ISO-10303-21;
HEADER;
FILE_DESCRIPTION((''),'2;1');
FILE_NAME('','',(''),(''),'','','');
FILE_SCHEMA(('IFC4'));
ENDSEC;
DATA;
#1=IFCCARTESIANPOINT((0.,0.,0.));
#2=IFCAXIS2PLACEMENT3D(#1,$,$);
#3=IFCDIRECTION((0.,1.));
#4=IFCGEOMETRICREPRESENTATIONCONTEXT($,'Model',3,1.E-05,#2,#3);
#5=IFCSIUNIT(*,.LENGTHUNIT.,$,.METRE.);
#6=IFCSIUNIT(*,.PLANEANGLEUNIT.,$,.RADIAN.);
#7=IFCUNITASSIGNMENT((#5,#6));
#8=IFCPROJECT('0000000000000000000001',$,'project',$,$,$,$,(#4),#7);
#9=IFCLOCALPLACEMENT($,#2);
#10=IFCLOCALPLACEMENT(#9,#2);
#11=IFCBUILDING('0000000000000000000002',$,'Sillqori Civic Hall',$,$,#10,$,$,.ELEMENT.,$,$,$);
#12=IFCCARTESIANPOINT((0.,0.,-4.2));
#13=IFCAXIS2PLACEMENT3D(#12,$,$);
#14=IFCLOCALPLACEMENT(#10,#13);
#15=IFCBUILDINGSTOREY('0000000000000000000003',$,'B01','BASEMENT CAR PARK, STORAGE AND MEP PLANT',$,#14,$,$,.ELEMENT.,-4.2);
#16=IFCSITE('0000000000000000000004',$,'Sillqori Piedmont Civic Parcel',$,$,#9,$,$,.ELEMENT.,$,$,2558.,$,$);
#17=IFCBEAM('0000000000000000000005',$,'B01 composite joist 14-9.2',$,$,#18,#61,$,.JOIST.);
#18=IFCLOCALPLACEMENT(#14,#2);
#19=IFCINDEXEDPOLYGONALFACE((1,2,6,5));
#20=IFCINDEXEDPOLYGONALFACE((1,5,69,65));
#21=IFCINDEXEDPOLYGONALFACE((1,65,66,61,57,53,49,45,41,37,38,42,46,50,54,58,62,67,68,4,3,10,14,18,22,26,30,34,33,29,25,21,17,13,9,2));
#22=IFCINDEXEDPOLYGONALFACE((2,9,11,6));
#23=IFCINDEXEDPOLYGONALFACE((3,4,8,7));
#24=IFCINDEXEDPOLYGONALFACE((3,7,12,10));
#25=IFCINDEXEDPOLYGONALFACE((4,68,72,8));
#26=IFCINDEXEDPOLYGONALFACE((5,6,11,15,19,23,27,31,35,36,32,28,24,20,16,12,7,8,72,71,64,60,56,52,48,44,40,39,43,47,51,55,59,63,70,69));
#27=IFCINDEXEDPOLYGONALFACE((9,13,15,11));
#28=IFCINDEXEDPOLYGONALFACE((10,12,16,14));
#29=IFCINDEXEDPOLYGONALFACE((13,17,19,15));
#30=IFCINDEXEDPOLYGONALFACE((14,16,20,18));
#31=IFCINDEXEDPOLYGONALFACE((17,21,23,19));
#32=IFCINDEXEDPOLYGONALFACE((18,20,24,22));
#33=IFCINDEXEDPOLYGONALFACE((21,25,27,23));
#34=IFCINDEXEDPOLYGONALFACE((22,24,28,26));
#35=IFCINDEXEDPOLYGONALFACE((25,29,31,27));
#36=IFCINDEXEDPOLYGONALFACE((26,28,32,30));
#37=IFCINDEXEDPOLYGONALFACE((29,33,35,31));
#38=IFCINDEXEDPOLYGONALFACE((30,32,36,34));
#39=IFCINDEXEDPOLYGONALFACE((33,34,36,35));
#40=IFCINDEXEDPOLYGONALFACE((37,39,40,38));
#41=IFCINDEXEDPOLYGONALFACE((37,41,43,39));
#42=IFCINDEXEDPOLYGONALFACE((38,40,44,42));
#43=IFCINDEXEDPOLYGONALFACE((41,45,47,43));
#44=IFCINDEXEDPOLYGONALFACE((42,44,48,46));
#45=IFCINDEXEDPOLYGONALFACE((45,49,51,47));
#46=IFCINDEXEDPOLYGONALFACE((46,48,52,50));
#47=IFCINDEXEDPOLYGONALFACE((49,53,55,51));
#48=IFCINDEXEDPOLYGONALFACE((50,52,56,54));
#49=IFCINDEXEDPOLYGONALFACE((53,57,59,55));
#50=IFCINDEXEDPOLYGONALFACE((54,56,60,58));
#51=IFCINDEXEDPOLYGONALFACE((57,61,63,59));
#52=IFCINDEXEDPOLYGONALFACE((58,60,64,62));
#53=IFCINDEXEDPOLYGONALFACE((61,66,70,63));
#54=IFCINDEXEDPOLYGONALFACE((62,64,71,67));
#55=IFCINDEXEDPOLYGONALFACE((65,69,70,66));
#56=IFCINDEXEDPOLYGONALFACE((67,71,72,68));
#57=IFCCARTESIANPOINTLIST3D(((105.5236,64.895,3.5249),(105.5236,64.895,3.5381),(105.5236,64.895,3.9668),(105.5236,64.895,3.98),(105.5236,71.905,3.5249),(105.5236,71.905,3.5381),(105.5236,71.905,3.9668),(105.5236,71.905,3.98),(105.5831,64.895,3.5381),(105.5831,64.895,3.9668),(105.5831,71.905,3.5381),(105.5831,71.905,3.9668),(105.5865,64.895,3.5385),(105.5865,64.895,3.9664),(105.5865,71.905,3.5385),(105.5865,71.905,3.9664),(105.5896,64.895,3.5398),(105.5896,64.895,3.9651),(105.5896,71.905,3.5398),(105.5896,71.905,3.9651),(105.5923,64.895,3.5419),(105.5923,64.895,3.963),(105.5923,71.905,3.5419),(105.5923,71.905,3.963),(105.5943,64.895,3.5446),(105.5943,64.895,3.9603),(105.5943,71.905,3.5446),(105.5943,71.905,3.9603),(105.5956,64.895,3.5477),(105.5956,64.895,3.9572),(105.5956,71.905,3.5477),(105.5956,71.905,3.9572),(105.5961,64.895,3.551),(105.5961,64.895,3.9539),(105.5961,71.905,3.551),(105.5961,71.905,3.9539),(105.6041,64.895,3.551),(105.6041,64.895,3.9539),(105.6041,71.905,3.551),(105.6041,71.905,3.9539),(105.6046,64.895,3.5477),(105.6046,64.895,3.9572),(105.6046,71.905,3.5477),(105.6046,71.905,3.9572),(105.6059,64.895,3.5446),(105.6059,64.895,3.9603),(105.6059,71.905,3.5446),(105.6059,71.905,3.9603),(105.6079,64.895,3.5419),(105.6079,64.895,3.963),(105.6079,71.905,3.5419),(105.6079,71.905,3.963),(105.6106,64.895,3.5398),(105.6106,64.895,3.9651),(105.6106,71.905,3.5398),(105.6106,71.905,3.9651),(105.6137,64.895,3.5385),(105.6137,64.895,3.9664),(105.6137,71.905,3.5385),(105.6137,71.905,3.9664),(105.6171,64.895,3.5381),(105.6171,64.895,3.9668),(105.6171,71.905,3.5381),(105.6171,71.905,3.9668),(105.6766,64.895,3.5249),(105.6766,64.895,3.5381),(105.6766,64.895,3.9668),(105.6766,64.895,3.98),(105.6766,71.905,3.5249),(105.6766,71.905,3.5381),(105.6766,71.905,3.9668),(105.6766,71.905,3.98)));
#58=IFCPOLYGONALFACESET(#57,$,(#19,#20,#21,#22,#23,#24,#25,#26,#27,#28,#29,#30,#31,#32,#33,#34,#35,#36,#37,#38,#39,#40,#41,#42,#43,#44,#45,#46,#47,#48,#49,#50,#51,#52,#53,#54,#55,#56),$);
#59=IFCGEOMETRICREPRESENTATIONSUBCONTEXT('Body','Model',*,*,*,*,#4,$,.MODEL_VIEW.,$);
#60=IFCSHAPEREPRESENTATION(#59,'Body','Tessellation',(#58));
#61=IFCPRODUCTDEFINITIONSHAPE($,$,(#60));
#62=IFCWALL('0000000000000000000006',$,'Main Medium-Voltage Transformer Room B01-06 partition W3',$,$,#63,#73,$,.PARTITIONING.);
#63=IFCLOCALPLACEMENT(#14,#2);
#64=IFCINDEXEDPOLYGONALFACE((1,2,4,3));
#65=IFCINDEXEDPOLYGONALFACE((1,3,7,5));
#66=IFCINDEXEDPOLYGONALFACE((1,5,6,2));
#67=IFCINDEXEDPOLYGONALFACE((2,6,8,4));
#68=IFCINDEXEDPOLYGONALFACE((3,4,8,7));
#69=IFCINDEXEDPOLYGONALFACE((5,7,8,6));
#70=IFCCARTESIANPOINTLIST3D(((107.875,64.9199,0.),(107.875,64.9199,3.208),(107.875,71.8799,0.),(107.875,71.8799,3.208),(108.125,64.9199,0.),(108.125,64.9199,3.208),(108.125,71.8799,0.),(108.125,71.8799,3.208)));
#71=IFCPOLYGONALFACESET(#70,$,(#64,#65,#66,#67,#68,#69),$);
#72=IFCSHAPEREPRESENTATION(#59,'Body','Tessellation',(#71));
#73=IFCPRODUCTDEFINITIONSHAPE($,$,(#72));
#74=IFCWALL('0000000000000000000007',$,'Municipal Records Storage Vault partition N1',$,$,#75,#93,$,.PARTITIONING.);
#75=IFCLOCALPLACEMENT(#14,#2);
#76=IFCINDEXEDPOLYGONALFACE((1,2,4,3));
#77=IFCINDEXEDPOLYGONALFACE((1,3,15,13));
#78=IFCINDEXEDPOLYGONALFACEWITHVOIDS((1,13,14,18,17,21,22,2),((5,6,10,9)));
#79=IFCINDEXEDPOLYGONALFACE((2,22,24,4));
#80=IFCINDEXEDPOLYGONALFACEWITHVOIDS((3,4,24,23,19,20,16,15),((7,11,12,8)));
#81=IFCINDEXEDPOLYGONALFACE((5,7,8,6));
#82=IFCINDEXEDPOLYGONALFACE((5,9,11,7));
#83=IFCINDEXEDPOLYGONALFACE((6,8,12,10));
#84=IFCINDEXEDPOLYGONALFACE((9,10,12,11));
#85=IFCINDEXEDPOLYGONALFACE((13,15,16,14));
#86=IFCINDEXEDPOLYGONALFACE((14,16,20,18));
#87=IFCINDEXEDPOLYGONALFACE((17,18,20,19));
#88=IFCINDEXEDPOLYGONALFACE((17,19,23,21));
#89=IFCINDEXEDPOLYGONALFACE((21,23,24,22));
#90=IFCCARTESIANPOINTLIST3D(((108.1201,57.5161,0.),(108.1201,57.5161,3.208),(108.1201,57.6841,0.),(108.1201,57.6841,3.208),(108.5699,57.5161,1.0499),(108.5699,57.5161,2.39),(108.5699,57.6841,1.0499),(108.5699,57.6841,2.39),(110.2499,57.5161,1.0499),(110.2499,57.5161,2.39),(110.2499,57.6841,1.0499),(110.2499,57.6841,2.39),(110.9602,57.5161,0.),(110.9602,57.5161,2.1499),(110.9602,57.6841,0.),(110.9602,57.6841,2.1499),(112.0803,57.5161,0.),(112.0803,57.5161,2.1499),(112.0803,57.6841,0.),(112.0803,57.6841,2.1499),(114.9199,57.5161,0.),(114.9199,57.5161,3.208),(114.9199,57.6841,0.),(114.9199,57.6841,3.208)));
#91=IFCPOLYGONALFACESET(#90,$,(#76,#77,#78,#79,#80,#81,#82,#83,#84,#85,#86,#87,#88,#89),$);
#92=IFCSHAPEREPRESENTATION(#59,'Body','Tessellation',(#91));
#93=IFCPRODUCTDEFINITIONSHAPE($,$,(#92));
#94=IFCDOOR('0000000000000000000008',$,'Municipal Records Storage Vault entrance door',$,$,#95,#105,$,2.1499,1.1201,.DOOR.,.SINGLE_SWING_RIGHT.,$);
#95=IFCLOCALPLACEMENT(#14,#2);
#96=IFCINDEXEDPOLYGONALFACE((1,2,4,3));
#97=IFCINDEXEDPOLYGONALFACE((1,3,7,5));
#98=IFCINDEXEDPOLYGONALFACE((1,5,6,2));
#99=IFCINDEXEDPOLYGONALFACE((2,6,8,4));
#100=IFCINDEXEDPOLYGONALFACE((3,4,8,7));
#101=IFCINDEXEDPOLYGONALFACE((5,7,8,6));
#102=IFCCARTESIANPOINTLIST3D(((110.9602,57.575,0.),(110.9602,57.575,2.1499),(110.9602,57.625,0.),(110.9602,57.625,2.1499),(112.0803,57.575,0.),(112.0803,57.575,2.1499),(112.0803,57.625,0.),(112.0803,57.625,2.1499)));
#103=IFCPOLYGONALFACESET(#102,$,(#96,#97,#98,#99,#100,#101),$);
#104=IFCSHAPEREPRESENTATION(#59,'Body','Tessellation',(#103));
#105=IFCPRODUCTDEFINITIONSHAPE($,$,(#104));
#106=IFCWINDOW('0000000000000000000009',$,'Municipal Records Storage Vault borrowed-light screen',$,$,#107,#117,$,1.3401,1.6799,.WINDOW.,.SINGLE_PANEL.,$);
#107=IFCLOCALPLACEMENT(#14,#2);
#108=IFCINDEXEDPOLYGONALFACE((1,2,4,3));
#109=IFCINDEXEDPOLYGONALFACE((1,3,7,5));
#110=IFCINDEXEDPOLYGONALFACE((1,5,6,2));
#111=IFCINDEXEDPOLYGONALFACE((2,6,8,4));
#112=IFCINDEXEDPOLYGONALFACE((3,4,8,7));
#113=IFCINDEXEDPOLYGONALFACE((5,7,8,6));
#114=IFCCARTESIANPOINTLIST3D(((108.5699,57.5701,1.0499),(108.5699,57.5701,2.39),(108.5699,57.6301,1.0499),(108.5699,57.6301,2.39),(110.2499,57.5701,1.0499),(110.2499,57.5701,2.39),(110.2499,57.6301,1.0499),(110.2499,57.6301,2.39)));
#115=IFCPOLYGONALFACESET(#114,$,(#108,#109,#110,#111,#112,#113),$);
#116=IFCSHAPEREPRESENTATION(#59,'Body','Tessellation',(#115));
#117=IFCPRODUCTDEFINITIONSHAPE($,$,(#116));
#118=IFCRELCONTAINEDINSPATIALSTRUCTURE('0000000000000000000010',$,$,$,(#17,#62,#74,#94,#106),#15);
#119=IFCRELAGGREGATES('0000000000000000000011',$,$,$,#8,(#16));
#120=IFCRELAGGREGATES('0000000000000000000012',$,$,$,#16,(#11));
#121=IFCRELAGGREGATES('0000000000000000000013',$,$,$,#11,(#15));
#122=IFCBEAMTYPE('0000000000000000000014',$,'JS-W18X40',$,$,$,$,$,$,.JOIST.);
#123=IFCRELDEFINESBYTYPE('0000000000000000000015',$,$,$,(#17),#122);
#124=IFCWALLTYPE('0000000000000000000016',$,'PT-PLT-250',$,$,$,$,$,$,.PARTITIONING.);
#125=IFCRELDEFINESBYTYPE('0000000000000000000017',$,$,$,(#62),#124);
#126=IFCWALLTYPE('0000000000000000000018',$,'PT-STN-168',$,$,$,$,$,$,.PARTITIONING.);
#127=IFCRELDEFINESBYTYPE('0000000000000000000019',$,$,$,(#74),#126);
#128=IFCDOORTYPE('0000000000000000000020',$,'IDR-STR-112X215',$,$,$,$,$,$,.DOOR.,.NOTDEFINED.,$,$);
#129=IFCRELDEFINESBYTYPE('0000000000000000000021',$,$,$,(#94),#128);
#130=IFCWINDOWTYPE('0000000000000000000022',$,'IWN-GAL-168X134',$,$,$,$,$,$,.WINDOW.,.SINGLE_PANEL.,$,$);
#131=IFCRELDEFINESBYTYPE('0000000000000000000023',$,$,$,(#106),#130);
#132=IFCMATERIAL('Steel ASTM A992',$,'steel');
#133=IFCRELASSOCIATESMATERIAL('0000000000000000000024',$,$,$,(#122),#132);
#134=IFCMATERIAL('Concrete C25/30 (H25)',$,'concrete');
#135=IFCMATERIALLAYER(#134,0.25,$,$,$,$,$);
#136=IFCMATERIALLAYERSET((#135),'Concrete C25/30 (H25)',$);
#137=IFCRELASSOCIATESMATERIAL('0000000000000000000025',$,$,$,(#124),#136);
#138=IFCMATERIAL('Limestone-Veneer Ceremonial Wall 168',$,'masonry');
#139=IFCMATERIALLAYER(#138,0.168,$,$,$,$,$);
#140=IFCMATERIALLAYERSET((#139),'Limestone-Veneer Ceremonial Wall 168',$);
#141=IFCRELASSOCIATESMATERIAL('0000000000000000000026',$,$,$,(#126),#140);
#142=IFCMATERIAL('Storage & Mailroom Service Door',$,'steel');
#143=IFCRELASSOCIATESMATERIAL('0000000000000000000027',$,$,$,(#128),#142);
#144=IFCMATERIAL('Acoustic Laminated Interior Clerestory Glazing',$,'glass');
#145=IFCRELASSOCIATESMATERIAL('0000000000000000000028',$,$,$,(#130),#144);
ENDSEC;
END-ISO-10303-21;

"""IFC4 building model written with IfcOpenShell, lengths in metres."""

from ifc_helpers import new_model, si_unit, direction, frame, frame_2d, origin, origin_2d, place, context, subcontext, project, spatial, rectangle, i_section, extrude, material, layer, layer_set, material_profile, profile_set, type_object, element, fill, save


model = new_model("IFC4")

# Units and contexts
model_context = context("Model", 3, precision=1e-05, world=origin(), true_north=direction((0.0, 1.0)))
body_context = subcontext(model_context, "Body", "Model", "MODEL_VIEW")
ifc_project = project(units=[si_unit("LENGTHUNIT", "METRE"), si_unit("PLANEANGLEUNIT", "RADIAN")], contexts=[model_context])

# Site, building, storey
site_placement = place(None, origin())
site = spatial("IfcSite", under=ifc_project, at=site_placement, Name="Sillqori Piedmont Civic Parcel", CompositionType="ELEMENT", RefElevation=2558.0)
building_placement = place(site_placement, origin())
building = spatial("IfcBuilding", under=site, at=building_placement, Name="Sillqori Civic Hall", CompositionType="ELEMENT")
storey_placement = place(building_placement, frame((0.0, 0.0, -4.2)))
storey = spatial("IfcBuildingStorey", under=building, at=storey_placement, Name="B01", Description="BASEMENT CAR PARK, STORAGE AND MEP PLANT", CompositionType="ELEMENT", Elevation=-4.2)

# Beam
ifc_material_1 = material(Name="Steel ASTM A992", Category="steel")
ifc_material_profile_1 = material_profile(ifc_material_1, i_section(OverallWidth=0.1531, OverallDepth=0.4551, WebThickness=0.0081, FlangeThickness=0.0132, FilletRadius=0.0129, at=origin_2d()), Name="W18X40")
ifc_profile_set_1 = profile_set([ifc_material_profile_1], Name="Steel ASTM A992")
beam_type_1 = type_object("IfcBeamType", Name="JS-W18X40", PredefinedType="JOIST", material=ifc_profile_set_1)
for number, where, z_axis, x_axis, name in (
    (1, (105.6001, 64.895, 3.7524), (0.0, 1.0, 0.0), (-1.0, 0.0, 0.0), "B01 composite joist 14-9.2"),
):
    element("IfcBeam", number, at=place(storey_placement, frame(where, z_axis=z_axis, x_axis=x_axis)), inside=storey, type_object=beam_type_1, Name=name, PredefinedType="JOIST", context=body_context, shape_type="SweptSolid", body=[
        extrude(i_section(OverallWidth=0.1531, OverallDepth=0.4551, WebThickness=0.0081, FlangeThickness=0.0132, FilletRadius=0.0129, at=origin_2d()), origin(), (0.0, 0.0, 1.0), 7.01),
    ])

# Wall
ifc_material_2 = material(Name="Concrete C25/30 (H25)", Category="concrete")
ifc_layer_1 = layer(ifc_material_2, 0.25)
ifc_layer_set_1 = layer_set([ifc_layer_1], Name="Concrete C25/30 (H25)")
wall_type_1 = type_object("IfcWallType", Name="PT-PLT-250", PredefinedType="PARTITIONING", material=ifc_layer_set_1)
wall_1_placement = place(storey_placement, frame((108.0, 64.9199, 0.0), z_axis=(0.0, 0.0, 1.0), x_axis=(0.0, 1.0, 0.0)))
element("IfcWall", 2, at=wall_1_placement, inside=storey, type_object=wall_type_1, Name="Main Medium-Voltage Transformer Room B01-06 partition W3", PredefinedType="PARTITIONING", context=body_context, shape_type="SweptSolid", body=[
    extrude(rectangle(XDim=6.96, YDim=0.25, at=frame_2d((3.48, 0.0))), origin(), (0.0, 0.0, 1.0), 3.208),
])

# Wall, openings, door, window
ifc_material_3 = material(Name="Limestone-Veneer Ceremonial Wall 168", Category="masonry")
ifc_layer_2 = layer(ifc_material_3, 0.168)
ifc_layer_set_2 = layer_set([ifc_layer_2], Name="Limestone-Veneer Ceremonial Wall 168")
wall_type_2 = type_object("IfcWallType", Name="PT-STN-168", PredefinedType="PARTITIONING", material=ifc_layer_set_2)
wall_2_placement = place(storey_placement, frame((108.1201, 57.6001, 0.0), z_axis=(0.0, 0.0, 1.0), x_axis=(1.0, 0.0, 0.0)))
wall_2 = element("IfcWall", 3, at=wall_2_placement, inside=storey, type_object=wall_type_2, Name="Municipal Records Storage Vault partition N1", PredefinedType="PARTITIONING", context=body_context, shape_type="SweptSolid", body=[
    extrude(rectangle(XDim=6.7998, YDim=0.168, at=frame_2d((3.3999, 0.0))), origin(), (0.0, 0.0, 1.0), 3.208),
])
opening_1_placement = place(wall_2_placement, frame((2.8401, 0.0, 0.0)))
opening_1 = element("IfcOpeningElement", 4, at=opening_1_placement, cuts=wall_2, PredefinedType="OPENING", context=body_context, shape_type="SweptSolid", body=[
    extrude(rectangle(XDim=1.1201, YDim=2.1499, at=frame_2d((0.5601, 1.075))), frame((0.0, 0.094, 0.0), z_axis=(0.0, -1.0, 0.0), x_axis=(1.0, 0.0, 0.0)), (0.0, 0.0, 1.0), 0.188),
])
opening_2_placement = place(wall_2_placement, frame((0.45, 0.0, 1.05)))
opening_2 = element("IfcOpeningElement", 5, at=opening_2_placement, cuts=wall_2, PredefinedType="OPENING", context=body_context, shape_type="SweptSolid", body=[
    extrude(rectangle(XDim=1.6799, YDim=1.3401, at=frame_2d((0.8398, 0.6699))), frame((0.0, 0.094, 0.0), z_axis=(0.0, -1.0, 0.0), x_axis=(1.0, 0.0, 0.0)), (0.0, 0.0, 1.0), 0.188),
])
ifc_material_4 = material(Name="Storage & Mailroom Service Door", Category="steel")
door_type = type_object("IfcDoorType", Name="IDR-STR-112X215", OperationType="NOTDEFINED", PredefinedType="DOOR", material=ifc_material_4)
door_placement = place(opening_1_placement, origin())
door = element("IfcDoor", 6, at=door_placement, inside=storey, type_object=door_type, Name="Municipal Records Storage Vault entrance door", OperationType="SINGLE_SWING_RIGHT", OverallHeight=2.1499, OverallWidth=1.1201, PredefinedType="DOOR", context=body_context, shape_type="SweptSolid", body=[
    extrude(rectangle(XDim=1.1201, YDim=2.1499, at=frame_2d((0.5601, 1.075))), frame((0.0, 0.0249, 0.0), z_axis=(0.0, -1.0, 0.0), x_axis=(1.0, 0.0, 0.0)), (0.0, 0.0, 1.0), 0.05),
])
fill(opening_1, door)
ifc_material_5 = material(Name="Acoustic Laminated Interior Clerestory Glazing", Category="glass")
window_type = type_object("IfcWindowType", Name="IWN-GAL-168X134", PartitioningType="SINGLE_PANEL", PredefinedType="WINDOW", material=ifc_material_5)
window_placement = place(opening_2_placement, origin())
window = element("IfcWindow", 7, at=window_placement, inside=storey, type_object=window_type, Name="Municipal Records Storage Vault borrowed-light screen", OverallHeight=1.3401, OverallWidth=1.6799, PartitioningType="SINGLE_PANEL", PredefinedType="WINDOW", context=body_context, shape_type="SweptSolid", body=[
    extrude(rectangle(XDim=1.6799, YDim=1.3401, at=frame_2d((0.8398, 0.6699))), frame((0.0, 0.03, 0.0), z_axis=(0.0, -1.0, 0.0), x_axis=(1.0, 0.0, 0.0)), (0.0, 0.0, 1.0), 0.0601),
])
fill(opening_2, window)

save(model, "model.ifc")
